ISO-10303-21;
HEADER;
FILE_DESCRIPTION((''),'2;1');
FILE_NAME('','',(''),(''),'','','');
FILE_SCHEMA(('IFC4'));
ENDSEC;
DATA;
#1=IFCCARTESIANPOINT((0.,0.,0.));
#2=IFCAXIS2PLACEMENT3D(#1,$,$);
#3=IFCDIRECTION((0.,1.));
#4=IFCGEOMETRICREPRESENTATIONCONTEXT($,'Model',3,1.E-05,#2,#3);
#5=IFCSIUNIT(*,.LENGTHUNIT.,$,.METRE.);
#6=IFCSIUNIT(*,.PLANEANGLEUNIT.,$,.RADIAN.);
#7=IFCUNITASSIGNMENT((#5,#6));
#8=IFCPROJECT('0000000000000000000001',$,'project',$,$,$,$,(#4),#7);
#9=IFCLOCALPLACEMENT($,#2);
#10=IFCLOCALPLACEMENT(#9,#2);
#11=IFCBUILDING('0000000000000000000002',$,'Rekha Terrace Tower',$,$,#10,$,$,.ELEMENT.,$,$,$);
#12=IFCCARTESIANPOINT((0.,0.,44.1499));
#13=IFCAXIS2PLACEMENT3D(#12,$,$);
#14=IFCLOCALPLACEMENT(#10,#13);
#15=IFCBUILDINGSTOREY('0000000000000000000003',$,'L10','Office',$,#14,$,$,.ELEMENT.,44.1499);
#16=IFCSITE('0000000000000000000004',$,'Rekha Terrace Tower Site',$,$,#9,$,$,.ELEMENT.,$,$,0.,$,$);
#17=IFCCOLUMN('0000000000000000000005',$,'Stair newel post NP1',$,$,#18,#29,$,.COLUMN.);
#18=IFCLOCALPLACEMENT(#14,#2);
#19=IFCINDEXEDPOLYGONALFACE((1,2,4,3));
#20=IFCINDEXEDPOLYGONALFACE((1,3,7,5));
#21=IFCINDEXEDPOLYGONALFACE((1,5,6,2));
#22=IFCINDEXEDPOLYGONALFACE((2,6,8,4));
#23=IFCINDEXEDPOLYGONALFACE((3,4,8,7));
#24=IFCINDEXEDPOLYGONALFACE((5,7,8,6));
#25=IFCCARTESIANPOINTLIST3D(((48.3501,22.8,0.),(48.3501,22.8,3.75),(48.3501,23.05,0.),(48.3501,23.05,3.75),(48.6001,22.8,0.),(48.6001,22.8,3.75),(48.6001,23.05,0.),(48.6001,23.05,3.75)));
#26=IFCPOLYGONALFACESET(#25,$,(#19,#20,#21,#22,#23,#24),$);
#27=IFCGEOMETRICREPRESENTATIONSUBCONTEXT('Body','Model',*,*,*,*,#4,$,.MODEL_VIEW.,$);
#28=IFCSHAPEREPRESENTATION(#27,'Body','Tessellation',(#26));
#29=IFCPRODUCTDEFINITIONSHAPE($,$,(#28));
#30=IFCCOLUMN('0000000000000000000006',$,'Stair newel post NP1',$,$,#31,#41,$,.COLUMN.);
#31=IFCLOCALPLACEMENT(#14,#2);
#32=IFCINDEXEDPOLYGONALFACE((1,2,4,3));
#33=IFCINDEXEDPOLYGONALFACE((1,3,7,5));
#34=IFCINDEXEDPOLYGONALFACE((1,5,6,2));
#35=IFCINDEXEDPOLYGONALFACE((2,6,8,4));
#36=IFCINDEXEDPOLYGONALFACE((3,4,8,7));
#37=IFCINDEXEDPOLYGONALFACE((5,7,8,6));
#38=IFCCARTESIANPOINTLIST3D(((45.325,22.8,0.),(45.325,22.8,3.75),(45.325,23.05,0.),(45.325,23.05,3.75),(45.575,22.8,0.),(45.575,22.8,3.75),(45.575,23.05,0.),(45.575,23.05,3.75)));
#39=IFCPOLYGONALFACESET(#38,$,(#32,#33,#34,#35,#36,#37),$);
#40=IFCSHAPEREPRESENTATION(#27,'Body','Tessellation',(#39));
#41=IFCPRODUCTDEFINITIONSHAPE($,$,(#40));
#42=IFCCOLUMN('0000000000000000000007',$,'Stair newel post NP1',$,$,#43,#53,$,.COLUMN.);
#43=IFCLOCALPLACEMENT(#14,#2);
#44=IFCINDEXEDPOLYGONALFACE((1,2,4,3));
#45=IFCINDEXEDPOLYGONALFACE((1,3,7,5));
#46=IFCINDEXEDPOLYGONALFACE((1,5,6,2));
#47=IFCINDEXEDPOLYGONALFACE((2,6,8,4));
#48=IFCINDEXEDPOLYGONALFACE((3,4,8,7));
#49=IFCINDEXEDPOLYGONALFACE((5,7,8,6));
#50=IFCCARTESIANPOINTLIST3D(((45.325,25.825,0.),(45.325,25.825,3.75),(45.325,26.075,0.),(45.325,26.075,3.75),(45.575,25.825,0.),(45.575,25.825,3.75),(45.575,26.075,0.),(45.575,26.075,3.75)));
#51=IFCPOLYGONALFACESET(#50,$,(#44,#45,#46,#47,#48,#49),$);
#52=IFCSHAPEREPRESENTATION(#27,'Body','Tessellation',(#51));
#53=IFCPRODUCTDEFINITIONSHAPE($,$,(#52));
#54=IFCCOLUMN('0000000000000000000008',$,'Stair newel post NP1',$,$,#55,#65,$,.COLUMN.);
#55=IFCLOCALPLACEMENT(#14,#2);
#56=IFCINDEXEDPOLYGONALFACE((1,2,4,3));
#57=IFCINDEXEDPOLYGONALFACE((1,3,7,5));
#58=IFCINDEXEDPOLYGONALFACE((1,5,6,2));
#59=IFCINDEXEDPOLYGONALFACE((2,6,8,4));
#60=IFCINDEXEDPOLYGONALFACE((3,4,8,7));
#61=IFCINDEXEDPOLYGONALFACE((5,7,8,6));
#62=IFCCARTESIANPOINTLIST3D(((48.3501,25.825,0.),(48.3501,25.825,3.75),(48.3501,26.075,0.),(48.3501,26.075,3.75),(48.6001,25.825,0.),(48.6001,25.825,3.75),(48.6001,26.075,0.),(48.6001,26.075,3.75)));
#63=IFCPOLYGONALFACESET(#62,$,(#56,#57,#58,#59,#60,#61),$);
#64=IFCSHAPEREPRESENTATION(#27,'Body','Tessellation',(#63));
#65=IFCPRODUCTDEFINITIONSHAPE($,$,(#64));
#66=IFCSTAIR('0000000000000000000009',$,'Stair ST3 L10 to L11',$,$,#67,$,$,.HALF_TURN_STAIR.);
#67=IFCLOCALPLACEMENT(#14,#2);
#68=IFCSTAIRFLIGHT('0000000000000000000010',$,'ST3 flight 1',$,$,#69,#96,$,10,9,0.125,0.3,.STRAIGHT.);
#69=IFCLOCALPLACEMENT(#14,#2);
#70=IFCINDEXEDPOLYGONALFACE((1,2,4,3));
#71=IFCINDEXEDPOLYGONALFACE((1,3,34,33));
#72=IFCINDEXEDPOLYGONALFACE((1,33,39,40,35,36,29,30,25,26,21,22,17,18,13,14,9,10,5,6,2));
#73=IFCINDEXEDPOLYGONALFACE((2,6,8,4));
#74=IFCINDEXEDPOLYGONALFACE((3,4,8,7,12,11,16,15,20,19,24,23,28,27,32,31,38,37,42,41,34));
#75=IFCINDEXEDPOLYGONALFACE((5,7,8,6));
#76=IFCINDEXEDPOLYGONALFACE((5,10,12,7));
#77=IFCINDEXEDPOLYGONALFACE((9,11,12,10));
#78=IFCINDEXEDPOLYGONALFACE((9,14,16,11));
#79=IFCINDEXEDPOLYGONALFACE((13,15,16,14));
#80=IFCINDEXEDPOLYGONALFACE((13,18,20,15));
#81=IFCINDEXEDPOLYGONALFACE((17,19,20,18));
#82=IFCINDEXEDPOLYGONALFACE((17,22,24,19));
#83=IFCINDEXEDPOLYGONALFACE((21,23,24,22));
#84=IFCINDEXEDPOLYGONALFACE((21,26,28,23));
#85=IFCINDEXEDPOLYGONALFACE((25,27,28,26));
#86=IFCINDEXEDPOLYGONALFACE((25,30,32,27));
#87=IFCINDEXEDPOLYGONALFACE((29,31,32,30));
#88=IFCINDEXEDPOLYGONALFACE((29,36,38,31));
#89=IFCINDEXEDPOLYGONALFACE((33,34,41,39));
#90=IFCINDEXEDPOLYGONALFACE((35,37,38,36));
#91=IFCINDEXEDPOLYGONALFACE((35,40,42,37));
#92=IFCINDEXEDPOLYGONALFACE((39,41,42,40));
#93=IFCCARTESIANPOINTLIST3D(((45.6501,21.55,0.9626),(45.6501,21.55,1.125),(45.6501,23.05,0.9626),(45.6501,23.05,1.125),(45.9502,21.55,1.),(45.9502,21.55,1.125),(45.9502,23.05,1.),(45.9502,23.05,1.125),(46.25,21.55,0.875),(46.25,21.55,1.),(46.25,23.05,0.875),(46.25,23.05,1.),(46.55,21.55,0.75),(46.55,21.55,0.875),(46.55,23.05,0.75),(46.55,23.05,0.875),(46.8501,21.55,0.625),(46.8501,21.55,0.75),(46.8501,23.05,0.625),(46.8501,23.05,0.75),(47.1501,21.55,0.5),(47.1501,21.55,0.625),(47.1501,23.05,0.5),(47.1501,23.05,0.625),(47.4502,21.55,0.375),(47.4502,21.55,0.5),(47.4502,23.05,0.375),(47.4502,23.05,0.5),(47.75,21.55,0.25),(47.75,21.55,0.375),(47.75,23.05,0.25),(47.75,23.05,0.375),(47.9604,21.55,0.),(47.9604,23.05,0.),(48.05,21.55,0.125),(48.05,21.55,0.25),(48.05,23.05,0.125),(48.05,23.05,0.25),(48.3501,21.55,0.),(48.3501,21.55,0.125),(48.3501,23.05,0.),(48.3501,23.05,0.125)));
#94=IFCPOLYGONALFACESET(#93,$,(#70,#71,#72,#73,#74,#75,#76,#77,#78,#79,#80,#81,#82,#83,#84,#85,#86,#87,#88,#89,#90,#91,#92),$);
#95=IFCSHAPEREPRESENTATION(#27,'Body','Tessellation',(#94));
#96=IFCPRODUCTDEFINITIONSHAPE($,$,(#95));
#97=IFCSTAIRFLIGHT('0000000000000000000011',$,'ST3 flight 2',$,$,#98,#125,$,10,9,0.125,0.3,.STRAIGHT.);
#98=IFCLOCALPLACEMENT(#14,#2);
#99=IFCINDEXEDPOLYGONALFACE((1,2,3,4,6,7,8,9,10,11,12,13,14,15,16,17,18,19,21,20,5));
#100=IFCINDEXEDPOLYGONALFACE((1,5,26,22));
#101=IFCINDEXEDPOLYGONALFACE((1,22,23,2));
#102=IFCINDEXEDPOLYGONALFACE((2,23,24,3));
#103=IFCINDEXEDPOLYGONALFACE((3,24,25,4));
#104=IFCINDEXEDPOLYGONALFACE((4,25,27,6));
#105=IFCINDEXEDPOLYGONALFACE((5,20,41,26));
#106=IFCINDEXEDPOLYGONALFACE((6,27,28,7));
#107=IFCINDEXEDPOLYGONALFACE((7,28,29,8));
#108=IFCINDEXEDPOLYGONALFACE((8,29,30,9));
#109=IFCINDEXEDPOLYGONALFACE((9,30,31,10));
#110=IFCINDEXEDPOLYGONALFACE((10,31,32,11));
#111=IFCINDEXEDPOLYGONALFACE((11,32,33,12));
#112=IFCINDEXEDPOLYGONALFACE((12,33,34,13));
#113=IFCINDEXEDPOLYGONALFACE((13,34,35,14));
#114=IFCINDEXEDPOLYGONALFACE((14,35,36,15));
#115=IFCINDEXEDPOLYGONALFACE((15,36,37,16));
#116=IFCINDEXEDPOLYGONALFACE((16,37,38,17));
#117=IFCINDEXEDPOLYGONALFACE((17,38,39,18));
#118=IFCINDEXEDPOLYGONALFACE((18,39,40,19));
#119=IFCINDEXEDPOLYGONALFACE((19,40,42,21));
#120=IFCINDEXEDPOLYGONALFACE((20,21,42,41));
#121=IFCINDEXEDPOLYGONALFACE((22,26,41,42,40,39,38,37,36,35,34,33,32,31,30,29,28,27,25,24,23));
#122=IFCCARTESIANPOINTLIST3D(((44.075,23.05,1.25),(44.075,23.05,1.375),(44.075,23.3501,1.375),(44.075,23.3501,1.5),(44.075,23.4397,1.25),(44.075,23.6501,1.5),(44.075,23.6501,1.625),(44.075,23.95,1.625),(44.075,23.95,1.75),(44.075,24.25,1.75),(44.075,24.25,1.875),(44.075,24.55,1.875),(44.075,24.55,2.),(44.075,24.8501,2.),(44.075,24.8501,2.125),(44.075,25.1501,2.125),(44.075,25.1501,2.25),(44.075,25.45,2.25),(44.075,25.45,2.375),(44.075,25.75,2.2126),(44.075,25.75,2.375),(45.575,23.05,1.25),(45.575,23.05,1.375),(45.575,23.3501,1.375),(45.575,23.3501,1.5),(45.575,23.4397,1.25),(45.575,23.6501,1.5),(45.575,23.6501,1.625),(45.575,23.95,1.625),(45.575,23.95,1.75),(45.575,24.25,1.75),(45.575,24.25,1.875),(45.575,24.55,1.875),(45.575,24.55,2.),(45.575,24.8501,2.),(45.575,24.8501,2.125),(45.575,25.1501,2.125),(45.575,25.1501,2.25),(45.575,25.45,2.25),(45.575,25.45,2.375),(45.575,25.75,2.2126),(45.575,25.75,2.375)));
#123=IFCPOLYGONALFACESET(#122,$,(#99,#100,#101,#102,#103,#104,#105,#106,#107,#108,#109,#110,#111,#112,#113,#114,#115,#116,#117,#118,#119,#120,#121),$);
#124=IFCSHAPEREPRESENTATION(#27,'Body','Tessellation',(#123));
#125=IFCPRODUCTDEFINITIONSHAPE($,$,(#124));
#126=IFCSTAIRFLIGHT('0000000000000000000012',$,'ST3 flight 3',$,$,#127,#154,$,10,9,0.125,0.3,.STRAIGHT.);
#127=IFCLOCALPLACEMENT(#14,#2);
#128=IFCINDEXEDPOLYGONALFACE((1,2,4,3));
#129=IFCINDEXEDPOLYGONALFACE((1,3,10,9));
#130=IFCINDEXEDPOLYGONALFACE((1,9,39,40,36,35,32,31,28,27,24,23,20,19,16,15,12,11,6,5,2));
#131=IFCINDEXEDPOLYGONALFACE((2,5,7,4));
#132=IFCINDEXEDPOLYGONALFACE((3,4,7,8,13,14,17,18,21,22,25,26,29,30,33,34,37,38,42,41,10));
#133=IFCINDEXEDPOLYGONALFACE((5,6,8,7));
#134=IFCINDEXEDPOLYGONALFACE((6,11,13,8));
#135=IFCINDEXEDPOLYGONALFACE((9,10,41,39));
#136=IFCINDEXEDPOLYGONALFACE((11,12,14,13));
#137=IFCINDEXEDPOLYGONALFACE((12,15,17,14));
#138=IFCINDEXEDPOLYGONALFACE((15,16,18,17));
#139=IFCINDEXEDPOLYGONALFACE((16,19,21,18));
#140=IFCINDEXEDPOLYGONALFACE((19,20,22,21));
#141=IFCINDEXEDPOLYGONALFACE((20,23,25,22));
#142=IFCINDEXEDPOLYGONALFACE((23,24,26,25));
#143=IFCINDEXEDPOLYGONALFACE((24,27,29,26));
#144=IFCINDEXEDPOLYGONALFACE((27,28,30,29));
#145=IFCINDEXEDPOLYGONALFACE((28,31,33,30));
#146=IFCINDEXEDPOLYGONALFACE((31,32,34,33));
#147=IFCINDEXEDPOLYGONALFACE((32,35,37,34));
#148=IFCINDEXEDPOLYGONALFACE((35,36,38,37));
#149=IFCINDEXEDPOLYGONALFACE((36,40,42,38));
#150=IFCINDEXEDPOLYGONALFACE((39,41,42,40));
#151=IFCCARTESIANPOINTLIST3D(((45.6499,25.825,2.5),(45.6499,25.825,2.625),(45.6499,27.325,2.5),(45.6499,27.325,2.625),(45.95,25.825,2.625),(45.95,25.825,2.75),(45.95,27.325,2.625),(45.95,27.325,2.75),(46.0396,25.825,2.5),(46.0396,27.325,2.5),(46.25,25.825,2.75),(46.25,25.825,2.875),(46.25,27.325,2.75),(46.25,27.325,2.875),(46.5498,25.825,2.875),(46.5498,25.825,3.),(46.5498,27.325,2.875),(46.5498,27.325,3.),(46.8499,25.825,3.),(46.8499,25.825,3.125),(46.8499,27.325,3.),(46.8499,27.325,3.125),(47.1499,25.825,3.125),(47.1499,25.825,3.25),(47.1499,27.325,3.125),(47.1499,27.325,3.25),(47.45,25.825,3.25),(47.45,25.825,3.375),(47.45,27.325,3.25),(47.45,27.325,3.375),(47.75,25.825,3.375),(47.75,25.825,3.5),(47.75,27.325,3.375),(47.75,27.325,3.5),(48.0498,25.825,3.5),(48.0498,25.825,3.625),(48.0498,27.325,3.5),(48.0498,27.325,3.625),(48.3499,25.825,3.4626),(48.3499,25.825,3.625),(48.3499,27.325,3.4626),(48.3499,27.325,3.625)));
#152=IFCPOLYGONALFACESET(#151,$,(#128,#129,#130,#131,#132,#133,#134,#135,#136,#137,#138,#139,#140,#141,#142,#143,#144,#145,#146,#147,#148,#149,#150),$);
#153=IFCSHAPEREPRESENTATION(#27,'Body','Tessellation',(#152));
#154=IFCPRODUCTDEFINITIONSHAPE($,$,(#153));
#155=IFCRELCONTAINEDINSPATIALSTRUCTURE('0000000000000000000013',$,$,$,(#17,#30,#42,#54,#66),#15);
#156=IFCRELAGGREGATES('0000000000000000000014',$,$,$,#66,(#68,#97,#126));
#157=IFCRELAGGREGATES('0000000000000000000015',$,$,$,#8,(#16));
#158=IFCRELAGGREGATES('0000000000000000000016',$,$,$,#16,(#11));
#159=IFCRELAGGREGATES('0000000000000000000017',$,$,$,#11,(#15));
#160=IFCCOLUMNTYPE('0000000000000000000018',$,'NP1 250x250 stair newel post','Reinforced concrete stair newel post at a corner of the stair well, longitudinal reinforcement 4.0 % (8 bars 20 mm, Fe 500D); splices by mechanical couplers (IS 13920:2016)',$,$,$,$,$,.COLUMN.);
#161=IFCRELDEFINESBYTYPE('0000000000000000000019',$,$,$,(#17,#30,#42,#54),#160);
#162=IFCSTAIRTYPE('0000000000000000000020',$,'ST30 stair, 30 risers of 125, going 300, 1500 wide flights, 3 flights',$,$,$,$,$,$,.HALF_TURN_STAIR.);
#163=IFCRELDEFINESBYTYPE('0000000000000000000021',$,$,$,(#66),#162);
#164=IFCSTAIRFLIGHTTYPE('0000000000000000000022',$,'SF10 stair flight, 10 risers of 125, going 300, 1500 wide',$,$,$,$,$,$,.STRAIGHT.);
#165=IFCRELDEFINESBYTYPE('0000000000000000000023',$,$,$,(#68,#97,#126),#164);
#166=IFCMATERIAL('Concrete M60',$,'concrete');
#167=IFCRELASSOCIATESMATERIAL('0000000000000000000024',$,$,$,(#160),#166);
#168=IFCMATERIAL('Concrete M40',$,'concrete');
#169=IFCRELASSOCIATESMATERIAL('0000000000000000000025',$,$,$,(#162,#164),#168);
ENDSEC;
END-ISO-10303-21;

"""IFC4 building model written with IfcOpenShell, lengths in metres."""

from ifc_helpers import new_model, si_unit, direction, frame, origin, origin_2d, place, context, subcontext, project, spatial, polyline, rectangle, outline, extrude, material, material_profile, profile_set, type_object, element, aggregate, save


model = new_model("IFC4")

# Units and contexts
model_context = context("Model", 3, precision=1e-05, world=origin(), true_north=direction((0.0, 1.0)))
body_context = subcontext(model_context, "Body", "Model", "MODEL_VIEW")
ifc_project = project(units=[si_unit("LENGTHUNIT", "METRE"), si_unit("PLANEANGLEUNIT", "RADIAN")], contexts=[model_context])

# Site, building, storey
site_placement = place(None, origin())
site = spatial("IfcSite", under=ifc_project, at=site_placement, Name="Rekha Terrace Tower Site", CompositionType="ELEMENT", RefElevation=0.0)
building_placement = place(site_placement, origin())
building = spatial("IfcBuilding", under=site, at=building_placement, Name="Rekha Terrace Tower", CompositionType="ELEMENT")
storey_placement = place(building_placement, frame((0.0, 0.0, 44.1499)))
storey = spatial("IfcBuildingStorey", under=building, at=storey_placement, Name="L10", Description="Office", CompositionType="ELEMENT", Elevation=44.1499)

# Columns
ifc_material_1 = material(Name="Concrete M60", Category="concrete")
ifc_material_profile = material_profile(ifc_material_1, rectangle(XDim=0.25, YDim=0.25, at=origin_2d()), Name="RC 250x250")
ifc_profile_set = profile_set([ifc_material_profile], Name="Concrete M60")
column_type = type_object("IfcColumnType", Name="NP1 250x250 stair newel post", Description="Reinforced concrete stair newel post at a corner of the stair well, longitudinal reinforcement 4.0 % (8 bars 20 mm, Fe 500D); splices by mechanical couplers (IS 13920:2016)", PredefinedType="COLUMN", material=ifc_profile_set)
for number, where, z_axis, x_axis, name in (
    (1, (48.4751, 22.925, 0.0), (0.0, 0.0, 1.0), (1.0, 0.0, 0.0), "Stair newel post NP1"),
    (2, (45.45, 22.925, 0.0), (0.0, 0.0, 1.0), (1.0, 0.0, 0.0), "Stair newel post NP1"),
    (3, (45.45, 25.95, 0.0), (0.0, 0.0, 1.0), (1.0, 0.0, 0.0), "Stair newel post NP1"),
    (4, (48.4751, 25.95, 0.0), (0.0, 0.0, 1.0), (1.0, 0.0, 0.0), "Stair newel post NP1"),
):
    element("IfcColumn", number, at=place(storey_placement, frame(where, z_axis=z_axis, x_axis=x_axis)), inside=storey, type_object=column_type, Name=name, PredefinedType="COLUMN", context=body_context, shape_type="SweptSolid", body=[
        extrude(rectangle(XDim=0.25, YDim=0.25, at=origin_2d()), origin(), (0.0, 0.0, 1.0), 3.75),
    ])

# Stair, stair flights
ifc_material_2 = material(Name="Concrete M40", Category="concrete")
stair_type = type_object("IfcStairType", Name="ST30 stair, 30 risers of 125, going 300, 1500 wide flights, 3 flights", PredefinedType="HALF_TURN_STAIR", material=ifc_material_2)
stair_placement = place(storey_placement, origin())
stair = element("IfcStair", 5, at=stair_placement, inside=storey, type_object=stair_type, Name="Stair ST3 L10 to L11", PredefinedType="HALF_TURN_STAIR")
stair_flight_type = type_object("IfcStairFlightType", Name="SF10 stair flight, 10 risers of 125, going 300, 1500 wide", PredefinedType="STRAIGHT", material=ifc_material_2)
stair_flight_1_placement = place(storey_placement, frame((48.3501, 22.3, 0.0), z_axis=(0.0, 0.0, 1.0), x_axis=(-1.0, 0.0, 0.0)))
stair_flight_1 = element("IfcStairFlight", 6, at=stair_flight_1_placement, type_object=stair_flight_type, Name="ST3 flight 1", NumberOfRisers=10, NumberOfTreads=9, PredefinedType="STRAIGHT", RiserHeight=0.125, TreadLength=0.3, context=body_context, shape_type="SweptSolid", body=[
    extrude(outline(polyline([(0.0, 0.0), (0.0, 0.125), (0.3, 0.125), (0.3, 0.25), (0.6001, 0.25), (0.6001, 0.375), (0.8999, 0.375), (0.8999, 0.5), (1.2, 0.5), (1.2, 0.625), (1.5, 0.625), (1.5, 0.75), (1.8, 0.75), (1.8, 0.875), (2.1001, 0.875), (2.1001, 1.0), (2.3999, 1.0), (2.3999, 1.125), (2.7, 1.125), (2.7, 1.25), (2.7, 0.9626), (0.3896, 0.0), (0.0, 0.0)])), frame((0.0, 0.75, 0.0), z_axis=(0.0, -1.0, 0.0), x_axis=(1.0, 0.0, 0.0)), (0.0, 0.0, 1.0), 1.5),
])
stair_flight_2_placement = place(storey_placement, frame((44.825, 23.05, 1.25), z_axis=(0.0, 0.0, 1.0), x_axis=(0.0, 1.0, 0.0)))
stair_flight_2 = element("IfcStairFlight", 7, at=stair_flight_2_placement, type_object=stair_flight_type, Name="ST3 flight 2", NumberOfRisers=10, NumberOfTreads=9, PredefinedType="STRAIGHT", RiserHeight=0.125, TreadLength=0.3, context=body_context, shape_type="SweptSolid", body=[
    extrude(outline(polyline([(0.0, 0.0), (0.0, 0.125), (0.3, 0.125), (0.3, 0.25), (0.6001, 0.25), (0.6001, 0.375), (0.8999, 0.375), (0.8999, 0.5), (1.2, 0.5), (1.2, 0.625), (1.5, 0.625), (1.5, 0.75), (1.8, 0.75), (1.8, 0.875), (2.1001, 0.875), (2.1001, 1.0), (2.3999, 1.0), (2.3999, 1.125), (2.7, 1.125), (2.7, 1.25), (2.7, 0.9626), (0.3896, 0.0), (0.0, 0.0)])), frame((0.0, 0.75, 0.0), z_axis=(0.0, -1.0, 0.0), x_axis=(1.0, 0.0, 0.0)), (0.0, 0.0, 1.0), 1.5),
])
stair_flight_3_placement = place(storey_placement, frame((45.6499, 26.575, 2.5), z_axis=(0.0, 0.0, 1.0), x_axis=(1.0, 0.0, 0.0)))
stair_flight_3 = element("IfcStairFlight", 8, at=stair_flight_3_placement, type_object=stair_flight_type, Name="ST3 flight 3", NumberOfRisers=10, NumberOfTreads=9, PredefinedType="STRAIGHT", RiserHeight=0.125, TreadLength=0.3, context=body_context, shape_type="SweptSolid", body=[
    extrude(outline(polyline([(0.0, 0.0), (0.0, 0.125), (0.3, 0.125), (0.3, 0.25), (0.6001, 0.25), (0.6001, 0.375), (0.8999, 0.375), (0.8999, 0.5), (1.2, 0.5), (1.2, 0.625), (1.5, 0.625), (1.5, 0.75), (1.8, 0.75), (1.8, 0.875), (2.1001, 0.875), (2.1001, 1.0), (2.3999, 1.0), (2.3999, 1.125), (2.7, 1.125), (2.7, 1.25), (2.7, 0.9626), (0.3896, 0.0), (0.0, 0.0)])), frame((0.0, 0.75, 0.0), z_axis=(0.0, -1.0, 0.0), x_axis=(1.0, 0.0, 0.0)), (0.0, 0.0, 1.0), 1.5),
])
aggregate(stair, [stair_flight_1, stair_flight_2, stair_flight_3])

save(model, "model.ifc")
